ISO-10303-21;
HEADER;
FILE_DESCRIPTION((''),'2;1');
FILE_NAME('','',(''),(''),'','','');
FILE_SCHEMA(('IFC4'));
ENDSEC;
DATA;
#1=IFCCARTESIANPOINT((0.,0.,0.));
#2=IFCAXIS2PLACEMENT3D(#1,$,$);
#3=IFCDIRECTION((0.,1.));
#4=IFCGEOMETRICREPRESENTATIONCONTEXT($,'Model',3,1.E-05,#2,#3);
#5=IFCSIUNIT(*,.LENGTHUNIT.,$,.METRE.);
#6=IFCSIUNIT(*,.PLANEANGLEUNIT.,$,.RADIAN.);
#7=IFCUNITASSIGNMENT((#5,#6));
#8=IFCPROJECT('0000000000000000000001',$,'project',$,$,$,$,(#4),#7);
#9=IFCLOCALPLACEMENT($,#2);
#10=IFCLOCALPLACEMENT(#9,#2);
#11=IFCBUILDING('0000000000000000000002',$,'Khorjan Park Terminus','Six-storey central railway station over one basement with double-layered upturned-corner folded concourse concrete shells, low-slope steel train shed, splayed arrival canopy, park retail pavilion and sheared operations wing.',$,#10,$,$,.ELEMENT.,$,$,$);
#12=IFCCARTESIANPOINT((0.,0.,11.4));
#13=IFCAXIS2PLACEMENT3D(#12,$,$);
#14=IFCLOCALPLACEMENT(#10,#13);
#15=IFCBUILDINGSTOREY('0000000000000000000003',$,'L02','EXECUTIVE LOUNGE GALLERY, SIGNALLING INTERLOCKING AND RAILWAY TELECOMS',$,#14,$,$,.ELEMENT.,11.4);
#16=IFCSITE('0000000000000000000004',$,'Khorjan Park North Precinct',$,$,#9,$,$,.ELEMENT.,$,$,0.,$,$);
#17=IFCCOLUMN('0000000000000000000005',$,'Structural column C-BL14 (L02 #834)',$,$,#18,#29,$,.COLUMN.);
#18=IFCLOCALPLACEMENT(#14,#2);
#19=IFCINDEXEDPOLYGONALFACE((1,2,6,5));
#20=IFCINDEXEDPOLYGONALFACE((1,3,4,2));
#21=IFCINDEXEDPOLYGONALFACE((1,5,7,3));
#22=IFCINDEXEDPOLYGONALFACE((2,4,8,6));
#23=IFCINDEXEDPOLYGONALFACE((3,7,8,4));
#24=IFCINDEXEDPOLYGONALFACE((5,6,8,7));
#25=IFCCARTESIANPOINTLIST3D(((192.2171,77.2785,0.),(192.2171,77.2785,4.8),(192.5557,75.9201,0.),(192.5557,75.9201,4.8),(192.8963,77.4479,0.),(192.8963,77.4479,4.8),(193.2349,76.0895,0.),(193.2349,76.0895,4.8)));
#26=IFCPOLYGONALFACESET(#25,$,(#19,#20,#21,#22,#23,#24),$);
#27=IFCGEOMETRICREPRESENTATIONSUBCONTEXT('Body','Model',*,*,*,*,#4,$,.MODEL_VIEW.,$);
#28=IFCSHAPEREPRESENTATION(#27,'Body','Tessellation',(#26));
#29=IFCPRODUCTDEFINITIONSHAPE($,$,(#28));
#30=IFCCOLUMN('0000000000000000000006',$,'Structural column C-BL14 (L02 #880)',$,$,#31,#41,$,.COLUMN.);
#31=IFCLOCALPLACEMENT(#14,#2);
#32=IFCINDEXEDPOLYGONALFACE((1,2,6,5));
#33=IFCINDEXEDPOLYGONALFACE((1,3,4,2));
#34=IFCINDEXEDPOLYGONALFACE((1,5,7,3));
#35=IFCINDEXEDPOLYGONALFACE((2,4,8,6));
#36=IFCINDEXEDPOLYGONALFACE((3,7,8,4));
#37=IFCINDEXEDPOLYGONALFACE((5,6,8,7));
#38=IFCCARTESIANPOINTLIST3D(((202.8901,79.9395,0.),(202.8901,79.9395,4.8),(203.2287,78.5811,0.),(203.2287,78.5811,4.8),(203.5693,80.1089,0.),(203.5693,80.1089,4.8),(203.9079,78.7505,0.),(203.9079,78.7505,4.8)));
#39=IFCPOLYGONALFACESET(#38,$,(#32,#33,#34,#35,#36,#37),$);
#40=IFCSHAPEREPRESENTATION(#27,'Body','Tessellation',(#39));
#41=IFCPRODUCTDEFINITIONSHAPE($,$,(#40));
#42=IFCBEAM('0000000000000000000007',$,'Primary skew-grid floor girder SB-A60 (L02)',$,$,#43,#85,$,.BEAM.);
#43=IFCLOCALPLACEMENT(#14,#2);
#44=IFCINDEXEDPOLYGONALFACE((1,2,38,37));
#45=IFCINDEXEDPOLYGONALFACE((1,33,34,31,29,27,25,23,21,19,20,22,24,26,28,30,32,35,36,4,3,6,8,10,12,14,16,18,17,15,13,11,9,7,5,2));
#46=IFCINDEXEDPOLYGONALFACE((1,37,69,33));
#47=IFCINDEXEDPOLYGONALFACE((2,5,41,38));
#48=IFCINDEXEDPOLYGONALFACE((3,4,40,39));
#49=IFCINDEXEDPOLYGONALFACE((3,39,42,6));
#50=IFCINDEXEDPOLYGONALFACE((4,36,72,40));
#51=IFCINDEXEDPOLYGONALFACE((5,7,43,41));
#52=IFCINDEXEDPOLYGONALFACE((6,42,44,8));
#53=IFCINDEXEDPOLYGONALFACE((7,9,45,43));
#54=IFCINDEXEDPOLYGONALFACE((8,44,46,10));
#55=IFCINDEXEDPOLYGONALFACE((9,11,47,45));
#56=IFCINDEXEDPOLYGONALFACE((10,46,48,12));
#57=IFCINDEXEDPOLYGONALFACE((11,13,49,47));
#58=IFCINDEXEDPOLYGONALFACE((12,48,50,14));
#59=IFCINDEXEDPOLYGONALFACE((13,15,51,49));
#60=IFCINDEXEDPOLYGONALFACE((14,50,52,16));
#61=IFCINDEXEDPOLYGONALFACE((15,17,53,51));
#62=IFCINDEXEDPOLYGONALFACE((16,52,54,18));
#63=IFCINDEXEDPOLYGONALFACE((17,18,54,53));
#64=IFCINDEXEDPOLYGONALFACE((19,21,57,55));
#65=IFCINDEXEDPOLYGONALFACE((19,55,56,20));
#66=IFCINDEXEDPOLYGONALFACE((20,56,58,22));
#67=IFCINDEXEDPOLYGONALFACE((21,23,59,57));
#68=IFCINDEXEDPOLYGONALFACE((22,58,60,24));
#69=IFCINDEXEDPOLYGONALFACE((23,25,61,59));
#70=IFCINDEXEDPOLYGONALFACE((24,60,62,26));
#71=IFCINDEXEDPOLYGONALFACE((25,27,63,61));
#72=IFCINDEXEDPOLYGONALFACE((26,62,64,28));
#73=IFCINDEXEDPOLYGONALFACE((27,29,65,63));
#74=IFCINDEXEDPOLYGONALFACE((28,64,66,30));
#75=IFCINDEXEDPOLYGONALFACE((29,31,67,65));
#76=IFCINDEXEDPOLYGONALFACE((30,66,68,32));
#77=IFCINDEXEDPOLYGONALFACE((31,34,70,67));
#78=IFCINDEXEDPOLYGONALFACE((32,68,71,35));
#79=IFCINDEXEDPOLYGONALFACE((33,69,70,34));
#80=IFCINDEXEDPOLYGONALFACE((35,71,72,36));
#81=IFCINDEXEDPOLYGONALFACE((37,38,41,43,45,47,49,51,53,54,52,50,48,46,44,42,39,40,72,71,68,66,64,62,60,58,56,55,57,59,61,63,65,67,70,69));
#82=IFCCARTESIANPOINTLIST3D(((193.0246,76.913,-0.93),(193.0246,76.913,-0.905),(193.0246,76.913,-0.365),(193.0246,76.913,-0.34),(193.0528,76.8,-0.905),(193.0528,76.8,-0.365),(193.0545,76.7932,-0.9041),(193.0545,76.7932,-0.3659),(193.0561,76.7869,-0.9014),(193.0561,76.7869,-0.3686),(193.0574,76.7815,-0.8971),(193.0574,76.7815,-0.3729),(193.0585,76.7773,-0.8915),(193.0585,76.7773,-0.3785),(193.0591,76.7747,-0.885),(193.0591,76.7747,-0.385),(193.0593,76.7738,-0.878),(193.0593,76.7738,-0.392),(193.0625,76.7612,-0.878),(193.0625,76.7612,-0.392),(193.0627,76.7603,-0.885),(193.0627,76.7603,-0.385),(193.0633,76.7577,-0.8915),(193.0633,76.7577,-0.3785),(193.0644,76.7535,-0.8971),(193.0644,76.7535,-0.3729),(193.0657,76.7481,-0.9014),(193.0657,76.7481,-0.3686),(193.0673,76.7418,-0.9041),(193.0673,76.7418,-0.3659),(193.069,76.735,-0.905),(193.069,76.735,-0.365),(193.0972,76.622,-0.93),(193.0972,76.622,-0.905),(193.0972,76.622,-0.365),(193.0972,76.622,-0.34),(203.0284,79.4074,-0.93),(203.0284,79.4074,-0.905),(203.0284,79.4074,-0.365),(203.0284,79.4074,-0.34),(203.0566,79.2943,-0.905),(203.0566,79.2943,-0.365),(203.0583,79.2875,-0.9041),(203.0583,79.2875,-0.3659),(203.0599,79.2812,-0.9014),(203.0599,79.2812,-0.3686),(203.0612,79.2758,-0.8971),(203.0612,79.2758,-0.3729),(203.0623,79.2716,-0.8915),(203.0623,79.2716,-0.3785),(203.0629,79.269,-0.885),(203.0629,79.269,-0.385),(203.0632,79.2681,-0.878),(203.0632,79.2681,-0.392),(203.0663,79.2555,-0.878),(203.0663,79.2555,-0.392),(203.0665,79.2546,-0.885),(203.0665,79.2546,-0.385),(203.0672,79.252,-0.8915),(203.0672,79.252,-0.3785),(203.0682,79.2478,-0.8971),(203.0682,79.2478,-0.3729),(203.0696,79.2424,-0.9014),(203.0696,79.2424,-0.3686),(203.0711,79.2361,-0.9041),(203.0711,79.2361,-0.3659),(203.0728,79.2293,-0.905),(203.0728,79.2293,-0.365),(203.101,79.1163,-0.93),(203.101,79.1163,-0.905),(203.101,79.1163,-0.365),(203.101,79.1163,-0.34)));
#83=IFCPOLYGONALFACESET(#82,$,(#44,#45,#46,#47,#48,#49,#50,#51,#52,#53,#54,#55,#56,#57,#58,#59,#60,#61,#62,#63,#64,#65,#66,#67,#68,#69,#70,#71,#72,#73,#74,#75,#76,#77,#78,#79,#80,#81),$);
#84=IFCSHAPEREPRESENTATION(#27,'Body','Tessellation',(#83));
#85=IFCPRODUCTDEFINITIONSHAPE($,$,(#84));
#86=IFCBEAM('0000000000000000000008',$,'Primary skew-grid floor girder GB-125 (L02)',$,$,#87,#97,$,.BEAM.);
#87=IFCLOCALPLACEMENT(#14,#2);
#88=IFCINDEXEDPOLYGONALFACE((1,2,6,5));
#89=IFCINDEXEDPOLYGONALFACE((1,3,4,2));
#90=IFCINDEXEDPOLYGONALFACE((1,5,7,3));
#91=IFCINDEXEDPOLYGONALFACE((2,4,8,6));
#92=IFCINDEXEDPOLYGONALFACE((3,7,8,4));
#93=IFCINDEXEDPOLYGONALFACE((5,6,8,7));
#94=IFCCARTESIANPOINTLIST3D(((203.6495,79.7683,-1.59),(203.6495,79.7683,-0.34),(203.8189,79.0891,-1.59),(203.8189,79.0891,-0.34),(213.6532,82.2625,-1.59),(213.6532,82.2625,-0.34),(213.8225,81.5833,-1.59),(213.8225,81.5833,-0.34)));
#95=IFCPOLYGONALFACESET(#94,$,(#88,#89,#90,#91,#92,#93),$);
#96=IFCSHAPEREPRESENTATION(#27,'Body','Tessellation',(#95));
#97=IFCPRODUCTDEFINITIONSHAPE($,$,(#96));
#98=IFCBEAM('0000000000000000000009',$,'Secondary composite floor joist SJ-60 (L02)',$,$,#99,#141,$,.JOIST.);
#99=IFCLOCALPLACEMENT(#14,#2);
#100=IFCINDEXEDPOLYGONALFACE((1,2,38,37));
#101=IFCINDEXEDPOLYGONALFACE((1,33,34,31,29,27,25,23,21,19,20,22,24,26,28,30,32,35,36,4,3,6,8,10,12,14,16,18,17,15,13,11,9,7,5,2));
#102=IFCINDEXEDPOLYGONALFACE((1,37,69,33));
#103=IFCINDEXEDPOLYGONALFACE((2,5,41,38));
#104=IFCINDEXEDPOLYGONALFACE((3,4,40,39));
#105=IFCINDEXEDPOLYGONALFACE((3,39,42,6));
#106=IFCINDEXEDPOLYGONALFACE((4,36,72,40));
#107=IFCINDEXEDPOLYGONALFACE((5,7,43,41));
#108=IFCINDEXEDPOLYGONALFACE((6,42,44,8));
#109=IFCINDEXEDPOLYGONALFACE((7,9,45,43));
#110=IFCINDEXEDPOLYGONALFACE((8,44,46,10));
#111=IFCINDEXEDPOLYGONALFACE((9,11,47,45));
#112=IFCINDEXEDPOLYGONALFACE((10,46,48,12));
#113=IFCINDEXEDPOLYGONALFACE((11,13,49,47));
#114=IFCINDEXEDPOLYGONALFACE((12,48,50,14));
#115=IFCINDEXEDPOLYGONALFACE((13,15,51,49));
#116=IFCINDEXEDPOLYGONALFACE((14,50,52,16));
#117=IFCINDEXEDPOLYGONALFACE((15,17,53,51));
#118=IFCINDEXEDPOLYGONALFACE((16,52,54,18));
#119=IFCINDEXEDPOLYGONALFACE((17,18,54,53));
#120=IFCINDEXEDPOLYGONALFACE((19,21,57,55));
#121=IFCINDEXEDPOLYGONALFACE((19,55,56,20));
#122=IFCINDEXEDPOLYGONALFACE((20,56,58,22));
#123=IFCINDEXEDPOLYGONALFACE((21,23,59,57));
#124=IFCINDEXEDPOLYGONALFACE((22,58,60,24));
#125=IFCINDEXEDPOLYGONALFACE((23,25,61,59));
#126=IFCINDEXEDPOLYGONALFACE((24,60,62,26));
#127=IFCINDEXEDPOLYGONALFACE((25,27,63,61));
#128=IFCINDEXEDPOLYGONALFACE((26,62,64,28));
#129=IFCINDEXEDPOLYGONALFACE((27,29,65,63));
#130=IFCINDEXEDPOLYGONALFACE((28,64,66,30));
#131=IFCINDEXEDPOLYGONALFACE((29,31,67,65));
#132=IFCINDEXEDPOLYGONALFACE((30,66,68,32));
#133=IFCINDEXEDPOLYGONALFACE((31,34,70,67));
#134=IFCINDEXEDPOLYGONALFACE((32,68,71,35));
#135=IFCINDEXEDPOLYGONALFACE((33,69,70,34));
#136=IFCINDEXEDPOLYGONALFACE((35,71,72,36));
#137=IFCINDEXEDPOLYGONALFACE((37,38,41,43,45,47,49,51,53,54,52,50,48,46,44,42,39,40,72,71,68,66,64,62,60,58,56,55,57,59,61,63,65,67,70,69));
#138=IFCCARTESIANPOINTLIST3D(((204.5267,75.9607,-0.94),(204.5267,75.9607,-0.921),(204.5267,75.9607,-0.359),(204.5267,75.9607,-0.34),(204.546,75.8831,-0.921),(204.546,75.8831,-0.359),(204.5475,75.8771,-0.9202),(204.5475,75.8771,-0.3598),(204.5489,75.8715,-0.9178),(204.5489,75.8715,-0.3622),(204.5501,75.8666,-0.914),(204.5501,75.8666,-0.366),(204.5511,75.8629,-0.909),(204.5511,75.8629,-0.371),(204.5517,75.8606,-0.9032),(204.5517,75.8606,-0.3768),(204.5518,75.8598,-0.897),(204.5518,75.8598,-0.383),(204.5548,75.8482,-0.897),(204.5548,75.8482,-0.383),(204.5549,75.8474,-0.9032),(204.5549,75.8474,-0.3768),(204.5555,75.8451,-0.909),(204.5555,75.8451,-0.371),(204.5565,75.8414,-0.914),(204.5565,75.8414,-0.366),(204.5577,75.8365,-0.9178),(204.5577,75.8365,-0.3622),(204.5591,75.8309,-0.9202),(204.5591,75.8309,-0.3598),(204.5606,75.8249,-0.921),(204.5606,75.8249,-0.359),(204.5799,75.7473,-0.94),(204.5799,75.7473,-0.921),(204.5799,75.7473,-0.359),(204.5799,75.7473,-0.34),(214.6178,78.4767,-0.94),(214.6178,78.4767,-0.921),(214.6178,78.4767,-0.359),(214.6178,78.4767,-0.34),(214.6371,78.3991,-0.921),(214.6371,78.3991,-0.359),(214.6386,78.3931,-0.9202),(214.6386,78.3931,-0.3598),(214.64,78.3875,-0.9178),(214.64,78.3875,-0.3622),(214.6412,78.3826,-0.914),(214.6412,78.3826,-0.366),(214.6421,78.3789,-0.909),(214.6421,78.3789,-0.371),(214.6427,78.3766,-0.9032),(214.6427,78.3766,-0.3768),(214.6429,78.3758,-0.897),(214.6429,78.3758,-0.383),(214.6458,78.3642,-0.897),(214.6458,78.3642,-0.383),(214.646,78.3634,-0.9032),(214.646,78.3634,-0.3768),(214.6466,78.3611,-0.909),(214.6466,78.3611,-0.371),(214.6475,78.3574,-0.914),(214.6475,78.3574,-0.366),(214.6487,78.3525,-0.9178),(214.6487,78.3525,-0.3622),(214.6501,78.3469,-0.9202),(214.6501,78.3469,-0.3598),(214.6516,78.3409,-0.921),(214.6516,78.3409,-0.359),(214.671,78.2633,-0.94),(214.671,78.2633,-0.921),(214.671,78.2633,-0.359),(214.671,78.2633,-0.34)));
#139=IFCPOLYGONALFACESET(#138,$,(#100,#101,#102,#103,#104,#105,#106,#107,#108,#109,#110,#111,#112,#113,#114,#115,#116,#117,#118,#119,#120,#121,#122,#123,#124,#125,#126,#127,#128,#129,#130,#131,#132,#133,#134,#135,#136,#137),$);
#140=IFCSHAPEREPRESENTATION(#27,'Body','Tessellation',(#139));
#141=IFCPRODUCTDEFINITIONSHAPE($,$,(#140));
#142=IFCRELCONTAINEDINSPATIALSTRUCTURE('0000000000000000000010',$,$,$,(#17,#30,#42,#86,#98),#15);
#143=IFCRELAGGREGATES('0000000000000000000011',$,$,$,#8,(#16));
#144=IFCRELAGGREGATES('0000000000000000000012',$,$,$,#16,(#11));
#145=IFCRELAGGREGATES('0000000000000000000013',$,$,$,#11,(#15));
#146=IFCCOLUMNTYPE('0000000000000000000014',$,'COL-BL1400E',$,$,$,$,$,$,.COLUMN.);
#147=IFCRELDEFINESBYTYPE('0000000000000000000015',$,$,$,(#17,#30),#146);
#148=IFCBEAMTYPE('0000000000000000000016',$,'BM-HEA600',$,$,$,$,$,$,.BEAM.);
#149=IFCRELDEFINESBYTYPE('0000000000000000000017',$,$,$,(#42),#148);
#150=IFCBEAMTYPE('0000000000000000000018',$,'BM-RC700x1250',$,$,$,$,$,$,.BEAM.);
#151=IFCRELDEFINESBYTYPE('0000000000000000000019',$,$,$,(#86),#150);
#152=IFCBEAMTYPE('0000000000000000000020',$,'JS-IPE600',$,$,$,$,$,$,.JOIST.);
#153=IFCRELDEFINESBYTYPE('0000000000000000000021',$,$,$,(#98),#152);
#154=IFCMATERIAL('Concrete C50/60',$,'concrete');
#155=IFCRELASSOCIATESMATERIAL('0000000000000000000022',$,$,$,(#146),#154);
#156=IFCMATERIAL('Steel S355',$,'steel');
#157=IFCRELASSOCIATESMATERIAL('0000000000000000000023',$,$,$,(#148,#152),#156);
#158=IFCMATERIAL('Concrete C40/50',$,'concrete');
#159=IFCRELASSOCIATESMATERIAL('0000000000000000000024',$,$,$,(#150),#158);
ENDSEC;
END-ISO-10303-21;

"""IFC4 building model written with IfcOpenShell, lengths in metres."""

from ifc_helpers import new_model, si_unit, direction, frame, origin, origin_2d, place, context, subcontext, project, spatial, rectangle, i_section, extrude, material, material_profile, profile_set, type_object, element, save


model = new_model("IFC4")

# Units and contexts
model_context = context("Model", 3, precision=1e-05, world=origin(), true_north=direction((0.0, 1.0)))
body_context = subcontext(model_context, "Body", "Model", "MODEL_VIEW")
ifc_project = project(units=[si_unit("LENGTHUNIT", "METRE"), si_unit("PLANEANGLEUNIT", "RADIAN")], contexts=[model_context])

# Site, building, storey
site_placement = place(None, origin())
site = spatial("IfcSite", under=ifc_project, at=site_placement, Name="Khorjan Park North Precinct", CompositionType="ELEMENT", RefElevation=0.0)
building_placement = place(site_placement, origin())
building = spatial("IfcBuilding", under=site, at=building_placement, Name="Khorjan Park Terminus", Description="Six-storey central railway station over one basement with double-layered upturned-corner folded concourse concrete shells, low-slope steel train shed, splayed arrival canopy, park retail pavilion and sheared operations wing.", CompositionType="ELEMENT")
storey_placement = place(building_placement, frame((0.0, 0.0, 11.4)))
storey = spatial("IfcBuildingStorey", under=building, at=storey_placement, Name="L02", Description="EXECUTIVE LOUNGE GALLERY, SIGNALLING INTERLOCKING AND RAILWAY TELECOMS", CompositionType="ELEMENT", Elevation=11.4)

# Columns
ifc_material_1 = material(Name="Concrete C50/60", Category="concrete")
ifc_material_profile_1 = material_profile(ifc_material_1, rectangle(XDim=0.7, YDim=1.4, at=origin_2d()), Name="RC 700x1400")
ifc_profile_set_1 = profile_set([ifc_material_profile_1], Name="Concrete C50/60")
column_type = type_object("IfcColumnType", Name="COL-BL1400E", PredefinedType="COLUMN", material=ifc_profile_set_1)
for number, where, z_axis, x_axis, name in (
    (1, (192.726, 76.684, 0.0), (0.0, 0.0, 1.0), (0.970296, 0.241922, 0.0), "Structural column C-BL14 (L02 #834)"),
    (2, (203.399, 79.345, 0.0), (0.0, 0.0, 1.0), (0.970296, 0.241922, 0.0), "Structural column C-BL14 (L02 #880)"),
):
    element("IfcColumn", number, at=place(storey_placement, frame(where, z_axis=z_axis, x_axis=x_axis)), inside=storey, type_object=column_type, Name=name, PredefinedType="COLUMN", context=body_context, shape_type="SweptSolid", body=[
        extrude(rectangle(XDim=0.7, YDim=1.4, at=origin_2d()), origin(), (0.0, 0.0, 1.0), 4.8),
    ])

# Beams
ifc_material_2 = material(Name="Steel S355", Category="steel")
ifc_material_profile_2 = material_profile(ifc_material_2, i_section(OverallWidth=0.3, OverallDepth=0.59, WebThickness=0.013, FlangeThickness=0.025, FilletRadius=0.027, at=origin_2d()), Name="HEA 600")
ifc_profile_set_2 = profile_set([ifc_material_profile_2], Name="Steel S355")
beam_type_1 = type_object("IfcBeamType", Name="BM-HEA600", PredefinedType="BEAM", material=ifc_profile_set_2)
beam_1_placement = place(storey_placement, frame((193.0609, 76.7675, -0.635), z_axis=(0.970294, 0.241929, 0.0), x_axis=(-0.241929, 0.970294, 0.0)))
element("IfcBeam", 3, at=beam_1_placement, inside=storey, type_object=beam_type_1, Name="Primary skew-grid floor girder SB-A60 (L02)", PredefinedType="BEAM", context=body_context, shape_type="SweptSolid", body=[
    extrude(i_section(OverallWidth=0.3, OverallDepth=0.59, WebThickness=0.013, FlangeThickness=0.025, FilletRadius=0.027, at=origin_2d()), origin(), (0.0, 0.0, 1.0), 10.3101),
])
ifc_material_3 = material(Name="Concrete C40/50", Category="concrete")
ifc_material_profile_3 = material_profile(ifc_material_3, rectangle(XDim=0.7, YDim=1.25, at=origin_2d()), Name="RC 700x1250")
ifc_profile_set_3 = profile_set([ifc_material_profile_3], Name="Concrete C40/50")
beam_type_2 = type_object("IfcBeamType", Name="BM-RC700x1250", PredefinedType="BEAM", material=ifc_profile_set_3)
beam_2_placement = place(storey_placement, frame((203.7342, 79.4287, -0.965), z_axis=(0.970296, 0.241922, 0.0), x_axis=(-0.241922, 0.970296, 0.0)))
element("IfcBeam", 4, at=beam_2_placement, inside=storey, type_object=beam_type_2, Name="Primary skew-grid floor girder GB-125 (L02)", PredefinedType="BEAM", context=body_context, shape_type="SweptSolid", body=[
    extrude(rectangle(XDim=0.7, YDim=1.25, at=origin_2d()), origin(), (0.0, 0.0, 1.0), 10.3099),
])
ifc_material_profile_4 = material_profile(ifc_material_2, i_section(OverallWidth=0.22, OverallDepth=0.6, WebThickness=0.012, FlangeThickness=0.019, FilletRadius=0.024, at=origin_2d()), Name="IPE 600")
ifc_profile_set_4 = profile_set([ifc_material_profile_4], Name="Steel S355")
beam_type_3 = type_object("IfcBeamType", Name="JS-IPE600", PredefinedType="JOIST", material=ifc_profile_set_4)
beam_3_placement = place(storey_placement, frame((204.5533, 75.854, -0.64), z_axis=(0.970296, 0.241922, 0.0), x_axis=(-0.241922, 0.970296, 0.0)))
element("IfcBeam", 5, at=beam_3_placement, inside=storey, type_object=beam_type_3, Name="Secondary composite floor joist SJ-60 (L02)", PredefinedType="JOIST", context=body_context, shape_type="SweptSolid", body=[
    extrude(i_section(OverallWidth=0.22, OverallDepth=0.6, WebThickness=0.012, FlangeThickness=0.019, FilletRadius=0.024, at=origin_2d()), origin(), (0.0, 0.0, 1.0), 10.4),
])

save(model, "model.ifc")
